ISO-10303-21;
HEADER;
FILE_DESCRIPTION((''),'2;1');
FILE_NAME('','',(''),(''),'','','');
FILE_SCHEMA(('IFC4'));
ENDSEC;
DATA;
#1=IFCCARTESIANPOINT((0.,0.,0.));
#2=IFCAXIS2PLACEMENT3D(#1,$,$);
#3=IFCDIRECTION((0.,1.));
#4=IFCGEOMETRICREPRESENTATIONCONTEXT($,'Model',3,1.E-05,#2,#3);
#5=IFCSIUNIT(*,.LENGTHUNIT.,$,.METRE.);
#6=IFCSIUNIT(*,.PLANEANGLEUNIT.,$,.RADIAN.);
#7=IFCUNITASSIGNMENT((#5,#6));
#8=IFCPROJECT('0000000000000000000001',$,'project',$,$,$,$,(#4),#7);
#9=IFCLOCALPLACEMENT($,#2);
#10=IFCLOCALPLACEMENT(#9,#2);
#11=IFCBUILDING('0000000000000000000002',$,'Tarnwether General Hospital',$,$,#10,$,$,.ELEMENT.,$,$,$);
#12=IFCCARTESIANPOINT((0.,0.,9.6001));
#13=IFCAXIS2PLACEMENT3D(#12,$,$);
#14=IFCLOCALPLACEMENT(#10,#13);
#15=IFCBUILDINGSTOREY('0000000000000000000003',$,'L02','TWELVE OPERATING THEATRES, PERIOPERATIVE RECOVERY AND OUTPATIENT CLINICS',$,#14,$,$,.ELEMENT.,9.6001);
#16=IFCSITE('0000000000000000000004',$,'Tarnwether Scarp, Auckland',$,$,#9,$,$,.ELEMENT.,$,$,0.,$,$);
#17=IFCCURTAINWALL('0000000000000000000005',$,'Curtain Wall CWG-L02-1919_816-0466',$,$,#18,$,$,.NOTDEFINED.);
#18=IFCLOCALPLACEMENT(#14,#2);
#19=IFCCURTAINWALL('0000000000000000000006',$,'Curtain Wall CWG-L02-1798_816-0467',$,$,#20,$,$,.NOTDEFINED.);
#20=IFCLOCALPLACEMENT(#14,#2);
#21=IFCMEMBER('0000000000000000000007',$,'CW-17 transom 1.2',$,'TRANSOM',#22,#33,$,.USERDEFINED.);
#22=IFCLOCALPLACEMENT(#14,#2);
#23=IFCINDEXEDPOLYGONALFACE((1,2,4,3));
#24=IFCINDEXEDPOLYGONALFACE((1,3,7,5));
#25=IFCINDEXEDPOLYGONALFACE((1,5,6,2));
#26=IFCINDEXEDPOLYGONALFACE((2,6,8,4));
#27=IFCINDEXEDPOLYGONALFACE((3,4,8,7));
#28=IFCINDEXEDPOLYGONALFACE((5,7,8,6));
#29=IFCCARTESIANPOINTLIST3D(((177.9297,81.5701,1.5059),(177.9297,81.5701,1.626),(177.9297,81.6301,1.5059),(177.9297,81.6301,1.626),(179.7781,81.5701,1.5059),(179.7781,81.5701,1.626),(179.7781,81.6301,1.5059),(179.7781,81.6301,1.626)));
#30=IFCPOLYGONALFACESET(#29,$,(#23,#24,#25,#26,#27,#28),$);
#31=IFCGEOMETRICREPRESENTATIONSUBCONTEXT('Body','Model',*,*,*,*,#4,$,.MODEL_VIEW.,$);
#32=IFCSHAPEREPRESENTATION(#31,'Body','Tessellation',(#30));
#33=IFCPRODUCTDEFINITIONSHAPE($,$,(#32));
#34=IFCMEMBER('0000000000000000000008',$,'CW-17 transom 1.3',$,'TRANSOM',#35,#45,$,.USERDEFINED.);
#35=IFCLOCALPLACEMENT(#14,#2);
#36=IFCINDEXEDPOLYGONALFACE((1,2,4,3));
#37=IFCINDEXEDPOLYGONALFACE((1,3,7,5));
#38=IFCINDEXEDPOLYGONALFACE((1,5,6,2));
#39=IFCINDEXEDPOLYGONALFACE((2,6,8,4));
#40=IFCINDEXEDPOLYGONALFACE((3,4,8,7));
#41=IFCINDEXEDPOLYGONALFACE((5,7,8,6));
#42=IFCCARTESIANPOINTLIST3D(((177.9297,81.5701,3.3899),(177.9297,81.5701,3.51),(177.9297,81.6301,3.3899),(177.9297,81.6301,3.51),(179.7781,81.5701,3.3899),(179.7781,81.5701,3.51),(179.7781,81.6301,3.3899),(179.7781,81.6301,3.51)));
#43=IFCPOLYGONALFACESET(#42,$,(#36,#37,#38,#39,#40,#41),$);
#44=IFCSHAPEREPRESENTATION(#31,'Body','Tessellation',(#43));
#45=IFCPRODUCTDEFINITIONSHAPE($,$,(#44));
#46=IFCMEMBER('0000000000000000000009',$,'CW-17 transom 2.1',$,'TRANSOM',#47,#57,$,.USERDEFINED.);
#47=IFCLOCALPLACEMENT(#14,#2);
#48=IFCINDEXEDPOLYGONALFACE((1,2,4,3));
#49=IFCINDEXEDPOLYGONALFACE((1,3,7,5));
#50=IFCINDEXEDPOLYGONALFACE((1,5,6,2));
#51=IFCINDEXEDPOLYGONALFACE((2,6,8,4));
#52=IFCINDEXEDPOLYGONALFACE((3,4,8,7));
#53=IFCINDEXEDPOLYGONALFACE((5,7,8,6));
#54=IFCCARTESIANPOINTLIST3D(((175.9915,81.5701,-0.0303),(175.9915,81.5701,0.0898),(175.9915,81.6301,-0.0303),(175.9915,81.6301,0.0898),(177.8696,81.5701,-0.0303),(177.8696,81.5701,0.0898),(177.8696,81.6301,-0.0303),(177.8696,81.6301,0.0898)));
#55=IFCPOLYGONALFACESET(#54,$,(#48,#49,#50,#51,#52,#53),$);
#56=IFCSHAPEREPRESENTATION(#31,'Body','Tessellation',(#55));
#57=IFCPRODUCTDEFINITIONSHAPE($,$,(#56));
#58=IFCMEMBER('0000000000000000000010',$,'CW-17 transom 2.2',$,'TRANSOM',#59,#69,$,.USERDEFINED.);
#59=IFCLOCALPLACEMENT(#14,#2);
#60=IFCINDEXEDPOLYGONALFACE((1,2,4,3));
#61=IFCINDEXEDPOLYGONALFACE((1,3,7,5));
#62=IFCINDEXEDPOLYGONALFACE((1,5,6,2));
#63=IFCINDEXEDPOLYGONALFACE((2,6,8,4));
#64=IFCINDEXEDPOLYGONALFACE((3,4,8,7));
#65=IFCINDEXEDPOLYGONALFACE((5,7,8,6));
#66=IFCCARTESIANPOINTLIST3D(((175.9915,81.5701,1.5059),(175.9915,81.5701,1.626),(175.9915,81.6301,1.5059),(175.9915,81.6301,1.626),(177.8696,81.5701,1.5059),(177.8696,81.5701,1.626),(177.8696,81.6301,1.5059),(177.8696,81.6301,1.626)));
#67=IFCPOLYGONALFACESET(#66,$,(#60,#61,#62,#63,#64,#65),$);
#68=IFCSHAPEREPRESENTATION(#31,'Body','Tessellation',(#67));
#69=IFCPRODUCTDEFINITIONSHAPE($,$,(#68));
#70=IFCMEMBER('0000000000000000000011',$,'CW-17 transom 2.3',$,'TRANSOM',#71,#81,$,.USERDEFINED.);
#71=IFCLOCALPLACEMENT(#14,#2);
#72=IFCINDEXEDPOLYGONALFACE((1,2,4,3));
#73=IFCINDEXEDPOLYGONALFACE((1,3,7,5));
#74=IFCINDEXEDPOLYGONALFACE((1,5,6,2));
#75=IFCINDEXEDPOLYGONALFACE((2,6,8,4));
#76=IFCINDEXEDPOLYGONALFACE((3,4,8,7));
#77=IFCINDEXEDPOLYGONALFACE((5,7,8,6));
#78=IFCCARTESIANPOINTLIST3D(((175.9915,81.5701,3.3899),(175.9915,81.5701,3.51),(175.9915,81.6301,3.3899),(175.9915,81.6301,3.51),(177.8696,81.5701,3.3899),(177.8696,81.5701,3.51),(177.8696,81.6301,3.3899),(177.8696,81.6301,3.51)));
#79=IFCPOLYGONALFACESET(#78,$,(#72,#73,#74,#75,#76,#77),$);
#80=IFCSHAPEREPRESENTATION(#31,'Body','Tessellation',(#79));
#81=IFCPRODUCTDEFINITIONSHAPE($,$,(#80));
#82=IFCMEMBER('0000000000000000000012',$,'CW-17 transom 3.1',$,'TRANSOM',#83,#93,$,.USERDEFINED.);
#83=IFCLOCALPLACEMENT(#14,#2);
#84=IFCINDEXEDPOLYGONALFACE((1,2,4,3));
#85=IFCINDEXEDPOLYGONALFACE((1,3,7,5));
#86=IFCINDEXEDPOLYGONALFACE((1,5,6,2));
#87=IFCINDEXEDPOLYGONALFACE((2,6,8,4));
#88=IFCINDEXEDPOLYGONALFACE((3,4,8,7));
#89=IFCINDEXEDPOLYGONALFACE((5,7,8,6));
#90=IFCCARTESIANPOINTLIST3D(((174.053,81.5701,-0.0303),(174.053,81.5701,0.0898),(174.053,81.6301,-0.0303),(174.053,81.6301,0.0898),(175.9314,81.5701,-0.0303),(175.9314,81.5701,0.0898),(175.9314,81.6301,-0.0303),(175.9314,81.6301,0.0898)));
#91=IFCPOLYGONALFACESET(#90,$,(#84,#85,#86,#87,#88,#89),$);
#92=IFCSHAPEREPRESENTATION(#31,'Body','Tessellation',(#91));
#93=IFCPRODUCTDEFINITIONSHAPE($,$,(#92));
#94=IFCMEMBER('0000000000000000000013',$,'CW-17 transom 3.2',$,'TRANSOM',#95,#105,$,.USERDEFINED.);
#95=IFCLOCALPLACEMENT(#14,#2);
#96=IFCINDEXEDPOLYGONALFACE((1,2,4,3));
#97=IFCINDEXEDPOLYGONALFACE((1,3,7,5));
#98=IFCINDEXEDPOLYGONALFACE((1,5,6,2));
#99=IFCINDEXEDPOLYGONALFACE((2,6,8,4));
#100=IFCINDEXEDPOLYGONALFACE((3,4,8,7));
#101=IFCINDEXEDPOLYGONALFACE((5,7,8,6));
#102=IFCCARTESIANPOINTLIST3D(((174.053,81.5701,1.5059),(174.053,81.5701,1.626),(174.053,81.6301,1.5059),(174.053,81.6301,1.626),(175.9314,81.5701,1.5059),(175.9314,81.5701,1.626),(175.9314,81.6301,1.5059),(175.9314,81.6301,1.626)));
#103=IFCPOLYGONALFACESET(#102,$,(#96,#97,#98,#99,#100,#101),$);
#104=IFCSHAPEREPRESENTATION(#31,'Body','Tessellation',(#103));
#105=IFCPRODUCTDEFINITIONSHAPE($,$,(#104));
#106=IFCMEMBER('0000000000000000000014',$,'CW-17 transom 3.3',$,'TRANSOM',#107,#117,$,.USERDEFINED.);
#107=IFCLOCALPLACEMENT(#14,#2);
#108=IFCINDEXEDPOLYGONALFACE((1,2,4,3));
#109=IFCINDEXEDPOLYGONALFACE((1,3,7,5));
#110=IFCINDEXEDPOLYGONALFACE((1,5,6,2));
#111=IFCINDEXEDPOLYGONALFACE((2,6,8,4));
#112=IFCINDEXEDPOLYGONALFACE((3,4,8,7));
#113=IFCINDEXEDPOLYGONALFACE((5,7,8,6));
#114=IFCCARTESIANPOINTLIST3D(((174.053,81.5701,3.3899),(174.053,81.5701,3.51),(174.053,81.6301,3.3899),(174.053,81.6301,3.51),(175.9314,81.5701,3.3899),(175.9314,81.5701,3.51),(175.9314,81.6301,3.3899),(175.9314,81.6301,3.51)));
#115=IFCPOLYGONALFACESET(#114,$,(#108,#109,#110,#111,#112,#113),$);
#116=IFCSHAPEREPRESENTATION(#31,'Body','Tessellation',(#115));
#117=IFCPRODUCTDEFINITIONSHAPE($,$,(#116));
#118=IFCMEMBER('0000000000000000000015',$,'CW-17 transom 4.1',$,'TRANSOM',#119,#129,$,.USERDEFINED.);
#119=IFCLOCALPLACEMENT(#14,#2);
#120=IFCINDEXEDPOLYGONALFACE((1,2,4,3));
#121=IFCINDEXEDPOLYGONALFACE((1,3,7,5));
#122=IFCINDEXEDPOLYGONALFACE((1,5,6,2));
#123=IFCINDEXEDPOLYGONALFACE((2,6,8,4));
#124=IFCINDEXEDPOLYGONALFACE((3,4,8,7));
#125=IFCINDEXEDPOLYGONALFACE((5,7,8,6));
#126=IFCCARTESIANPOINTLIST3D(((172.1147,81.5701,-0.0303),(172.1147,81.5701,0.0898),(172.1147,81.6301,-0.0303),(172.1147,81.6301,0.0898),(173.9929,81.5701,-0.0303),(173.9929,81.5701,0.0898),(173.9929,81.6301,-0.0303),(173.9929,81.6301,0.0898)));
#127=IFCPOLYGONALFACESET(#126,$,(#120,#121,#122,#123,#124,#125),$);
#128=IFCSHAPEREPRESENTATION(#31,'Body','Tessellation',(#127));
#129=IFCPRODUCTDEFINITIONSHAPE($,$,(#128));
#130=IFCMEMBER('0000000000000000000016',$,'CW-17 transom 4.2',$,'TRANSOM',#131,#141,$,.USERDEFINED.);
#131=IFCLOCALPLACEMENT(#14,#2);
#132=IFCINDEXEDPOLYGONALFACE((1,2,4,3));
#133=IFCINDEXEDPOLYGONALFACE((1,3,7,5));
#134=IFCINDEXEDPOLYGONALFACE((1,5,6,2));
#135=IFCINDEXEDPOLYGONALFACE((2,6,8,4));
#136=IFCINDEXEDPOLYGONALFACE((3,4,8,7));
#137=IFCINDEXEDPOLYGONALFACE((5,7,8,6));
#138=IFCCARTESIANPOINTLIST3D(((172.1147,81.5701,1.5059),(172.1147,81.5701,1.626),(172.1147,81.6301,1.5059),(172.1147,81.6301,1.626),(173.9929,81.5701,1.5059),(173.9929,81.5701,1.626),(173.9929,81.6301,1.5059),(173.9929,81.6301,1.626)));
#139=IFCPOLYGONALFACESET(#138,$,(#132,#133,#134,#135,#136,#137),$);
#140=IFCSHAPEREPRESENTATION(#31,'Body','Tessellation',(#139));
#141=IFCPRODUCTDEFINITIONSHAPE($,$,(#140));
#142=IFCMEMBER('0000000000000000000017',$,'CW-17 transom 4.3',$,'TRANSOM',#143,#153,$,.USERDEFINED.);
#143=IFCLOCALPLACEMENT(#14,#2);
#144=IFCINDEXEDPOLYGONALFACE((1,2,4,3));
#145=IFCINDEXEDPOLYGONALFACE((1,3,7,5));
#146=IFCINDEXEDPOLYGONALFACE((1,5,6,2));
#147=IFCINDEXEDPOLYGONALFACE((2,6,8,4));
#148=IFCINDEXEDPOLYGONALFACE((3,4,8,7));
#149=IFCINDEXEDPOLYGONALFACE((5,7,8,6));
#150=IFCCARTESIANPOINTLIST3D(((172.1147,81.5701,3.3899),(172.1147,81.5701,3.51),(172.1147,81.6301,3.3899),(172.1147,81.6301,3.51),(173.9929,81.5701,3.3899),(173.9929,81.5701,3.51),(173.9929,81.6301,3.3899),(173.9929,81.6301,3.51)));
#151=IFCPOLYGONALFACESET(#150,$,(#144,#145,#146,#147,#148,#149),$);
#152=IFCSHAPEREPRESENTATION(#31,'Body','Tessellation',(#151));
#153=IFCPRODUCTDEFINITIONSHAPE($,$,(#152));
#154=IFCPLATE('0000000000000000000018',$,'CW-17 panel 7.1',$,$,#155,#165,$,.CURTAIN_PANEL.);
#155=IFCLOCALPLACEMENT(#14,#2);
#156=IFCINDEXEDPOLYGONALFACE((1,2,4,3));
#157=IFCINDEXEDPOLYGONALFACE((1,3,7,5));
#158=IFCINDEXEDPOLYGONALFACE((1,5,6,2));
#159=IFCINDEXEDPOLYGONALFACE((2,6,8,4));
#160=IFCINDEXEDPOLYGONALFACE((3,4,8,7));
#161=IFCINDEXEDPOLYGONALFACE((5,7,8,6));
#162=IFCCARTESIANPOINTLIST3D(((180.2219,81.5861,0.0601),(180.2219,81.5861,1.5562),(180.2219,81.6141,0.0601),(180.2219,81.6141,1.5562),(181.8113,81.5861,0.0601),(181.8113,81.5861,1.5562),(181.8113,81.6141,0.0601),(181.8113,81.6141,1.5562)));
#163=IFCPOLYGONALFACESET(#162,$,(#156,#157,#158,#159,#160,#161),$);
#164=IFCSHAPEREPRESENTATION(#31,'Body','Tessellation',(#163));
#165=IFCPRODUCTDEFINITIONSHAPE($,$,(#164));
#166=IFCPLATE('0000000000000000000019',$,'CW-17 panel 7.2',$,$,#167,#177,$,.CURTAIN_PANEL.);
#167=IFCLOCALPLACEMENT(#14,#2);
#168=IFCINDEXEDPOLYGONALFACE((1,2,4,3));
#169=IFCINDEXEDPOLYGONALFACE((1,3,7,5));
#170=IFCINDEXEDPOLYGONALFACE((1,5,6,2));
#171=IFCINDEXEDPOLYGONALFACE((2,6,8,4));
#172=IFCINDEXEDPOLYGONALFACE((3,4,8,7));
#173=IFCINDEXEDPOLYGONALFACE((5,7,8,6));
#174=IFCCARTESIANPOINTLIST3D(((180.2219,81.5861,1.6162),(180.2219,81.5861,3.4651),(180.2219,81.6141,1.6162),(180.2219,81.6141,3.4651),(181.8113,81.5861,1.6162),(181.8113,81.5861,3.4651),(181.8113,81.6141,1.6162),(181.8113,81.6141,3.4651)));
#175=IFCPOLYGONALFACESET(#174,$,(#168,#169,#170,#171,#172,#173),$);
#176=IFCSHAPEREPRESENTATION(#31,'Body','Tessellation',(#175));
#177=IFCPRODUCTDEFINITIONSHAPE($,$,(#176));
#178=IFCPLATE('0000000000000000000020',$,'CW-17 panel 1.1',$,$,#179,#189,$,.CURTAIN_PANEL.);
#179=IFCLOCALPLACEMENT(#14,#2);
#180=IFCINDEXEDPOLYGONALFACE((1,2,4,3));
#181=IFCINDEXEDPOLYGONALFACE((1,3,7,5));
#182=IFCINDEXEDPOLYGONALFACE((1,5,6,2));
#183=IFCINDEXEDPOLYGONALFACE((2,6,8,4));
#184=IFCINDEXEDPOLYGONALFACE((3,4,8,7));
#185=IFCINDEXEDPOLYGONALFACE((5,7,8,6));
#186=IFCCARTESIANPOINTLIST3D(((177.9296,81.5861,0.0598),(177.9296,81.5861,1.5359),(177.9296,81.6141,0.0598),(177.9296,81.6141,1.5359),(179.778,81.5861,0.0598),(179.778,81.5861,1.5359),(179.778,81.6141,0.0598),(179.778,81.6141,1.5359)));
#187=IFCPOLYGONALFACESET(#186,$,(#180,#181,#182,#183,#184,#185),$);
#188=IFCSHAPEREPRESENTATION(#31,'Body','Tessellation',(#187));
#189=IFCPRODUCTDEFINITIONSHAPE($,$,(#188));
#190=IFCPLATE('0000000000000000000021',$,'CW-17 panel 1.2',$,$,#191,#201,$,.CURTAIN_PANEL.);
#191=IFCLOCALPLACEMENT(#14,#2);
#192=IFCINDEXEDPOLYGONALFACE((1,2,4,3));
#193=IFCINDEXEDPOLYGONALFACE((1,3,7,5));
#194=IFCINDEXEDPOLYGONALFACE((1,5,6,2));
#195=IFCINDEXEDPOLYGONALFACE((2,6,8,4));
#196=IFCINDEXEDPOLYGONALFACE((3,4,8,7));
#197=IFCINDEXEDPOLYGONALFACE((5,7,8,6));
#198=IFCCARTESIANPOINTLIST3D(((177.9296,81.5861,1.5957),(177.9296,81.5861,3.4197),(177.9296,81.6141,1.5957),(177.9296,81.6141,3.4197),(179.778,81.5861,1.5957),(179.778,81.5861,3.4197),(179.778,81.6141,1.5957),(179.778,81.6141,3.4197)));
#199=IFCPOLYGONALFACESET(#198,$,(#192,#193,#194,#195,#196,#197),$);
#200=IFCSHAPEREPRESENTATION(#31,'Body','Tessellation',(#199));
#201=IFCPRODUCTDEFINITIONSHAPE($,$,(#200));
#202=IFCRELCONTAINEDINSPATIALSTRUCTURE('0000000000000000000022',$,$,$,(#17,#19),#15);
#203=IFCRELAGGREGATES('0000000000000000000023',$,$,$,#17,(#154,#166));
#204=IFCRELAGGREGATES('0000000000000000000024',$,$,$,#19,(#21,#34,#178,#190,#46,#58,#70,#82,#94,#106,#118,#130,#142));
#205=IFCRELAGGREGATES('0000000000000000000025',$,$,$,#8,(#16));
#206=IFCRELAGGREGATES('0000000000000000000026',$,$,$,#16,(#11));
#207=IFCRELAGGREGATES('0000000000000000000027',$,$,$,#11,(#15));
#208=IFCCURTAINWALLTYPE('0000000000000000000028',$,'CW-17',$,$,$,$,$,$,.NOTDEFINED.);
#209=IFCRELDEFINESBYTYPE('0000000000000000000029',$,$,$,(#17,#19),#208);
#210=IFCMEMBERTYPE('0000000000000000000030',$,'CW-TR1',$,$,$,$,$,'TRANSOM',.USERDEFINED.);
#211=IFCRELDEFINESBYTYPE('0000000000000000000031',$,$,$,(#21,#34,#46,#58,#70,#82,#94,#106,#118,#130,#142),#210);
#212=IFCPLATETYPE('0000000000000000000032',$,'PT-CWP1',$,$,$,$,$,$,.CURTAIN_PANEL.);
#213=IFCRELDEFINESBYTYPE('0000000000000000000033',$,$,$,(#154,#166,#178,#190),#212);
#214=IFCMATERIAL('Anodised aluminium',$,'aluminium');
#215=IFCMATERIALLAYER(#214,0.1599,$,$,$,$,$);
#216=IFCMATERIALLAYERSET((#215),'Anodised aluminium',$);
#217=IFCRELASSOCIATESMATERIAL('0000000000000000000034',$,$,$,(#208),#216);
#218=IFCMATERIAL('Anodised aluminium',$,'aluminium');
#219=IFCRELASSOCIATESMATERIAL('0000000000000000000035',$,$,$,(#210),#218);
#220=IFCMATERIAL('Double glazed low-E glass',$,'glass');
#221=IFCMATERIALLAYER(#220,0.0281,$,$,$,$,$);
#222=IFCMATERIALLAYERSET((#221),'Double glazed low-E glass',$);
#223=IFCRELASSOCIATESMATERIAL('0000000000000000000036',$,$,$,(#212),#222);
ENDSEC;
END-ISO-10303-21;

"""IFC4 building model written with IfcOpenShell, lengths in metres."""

from ifc_helpers import new_model, si_unit, direction, frame, origin, origin_2d, place, context, subcontext, project, spatial, rectangle, extrude, material, layer, layer_set, material_profile, profile_set, type_object, element, aggregate, save


model = new_model("IFC4")

# Units and contexts
model_context = context("Model", 3, precision=1e-05, world=origin(), true_north=direction((0.0, 1.0)))
body_context = subcontext(model_context, "Body", "Model", "MODEL_VIEW")
ifc_project = project(units=[si_unit("LENGTHUNIT", "METRE"), si_unit("PLANEANGLEUNIT", "RADIAN")], contexts=[model_context])

# Site, building, storey
site_placement = place(None, origin())
site = spatial("IfcSite", under=ifc_project, at=site_placement, Name="Tarnwether Scarp, Auckland", CompositionType="ELEMENT", RefElevation=0.0)
building_placement = place(site_placement, origin())
building = spatial("IfcBuilding", under=site, at=building_placement, Name="Tarnwether General Hospital", CompositionType="ELEMENT")
storey_placement = place(building_placement, frame((0.0, 0.0, 9.6001)))
storey = spatial("IfcBuildingStorey", under=building, at=storey_placement, Name="L02", Description="TWELVE OPERATING THEATRES, PERIOPERATIVE RECOVERY AND OUTPATIENT CLINICS", CompositionType="ELEMENT", Elevation=9.6001)

# Curtain wall
ifc_material_1 = material(Name="Anodised aluminium", Category="aluminium")
ifc_layer_1 = layer(ifc_material_1, 0.1599)
ifc_layer_set_1 = layer_set([ifc_layer_1], Name="Anodised aluminium")
curtain_wall_type = type_object("IfcCurtainWallType", Name="CW-17", PredefinedType="NOTDEFINED", material=ifc_layer_set_1)
curtain_wall_1_placement = place(storey_placement, origin())
curtain_wall_1 = element("IfcCurtainWall", 1, at=curtain_wall_1_placement, inside=storey, type_object=curtain_wall_type, Name="Curtain Wall CWG-L02-1919_816-0466", PredefinedType="NOTDEFINED")

# Curtain wall
curtain_wall_2_placement = place(storey_placement, origin())
curtain_wall_2 = element("IfcCurtainWall", 2, at=curtain_wall_2_placement, inside=storey, type_object=curtain_wall_type, Name="Curtain Wall CWG-L02-1798_816-0467", PredefinedType="NOTDEFINED")

# Members
ifc_material_2 = material(Name="Anodised aluminium", Category="aluminium")
ifc_material_profile_1 = material_profile(ifc_material_2, rectangle(XDim=0.0601, YDim=0.1201, at=origin_2d()), Name="ALU-TRN-60x120")
ifc_profile_set_1 = profile_set([ifc_material_profile_1], Name="Anodised aluminium")
member_type_1 = type_object("IfcMemberType", Name="CW-TR1", ElementType="TRANSOM", PredefinedType="USERDEFINED", material=ifc_profile_set_1)
member_1_placement = place(storey_placement, frame((179.7781, 81.6001, 1.5659), z_axis=(-1.0, 0.0, 0.0), x_axis=(0.0, -1.0, 0.0)))
member_1 = element("IfcMember", 3, at=member_1_placement, type_object=member_type_1, Name="CW-17 transom 1.2", ObjectType="TRANSOM", PredefinedType="USERDEFINED", context=body_context, shape_type="SweptSolid", body=[
    extrude(rectangle(XDim=0.0601, YDim=0.1201, at=origin_2d()), origin(), (0.0, 0.0, 1.0), 1.8484),
])
member_2_placement = place(storey_placement, frame((179.7781, 81.6001, 3.45), z_axis=(-1.0, 0.0, 0.0), x_axis=(0.0, -1.0, 0.0)))
member_2 = element("IfcMember", 4, at=member_2_placement, type_object=member_type_1, Name="CW-17 transom 1.3", ObjectType="TRANSOM", PredefinedType="USERDEFINED", context=body_context, shape_type="SweptSolid", body=[
    extrude(rectangle(XDim=0.0601, YDim=0.1201, at=origin_2d()), origin(), (0.0, 0.0, 1.0), 1.8484),
])
member_3_placement = place(storey_placement, frame((177.8696, 81.6001, 0.0298), z_axis=(-1.0, 0.0, 0.0), x_axis=(0.0, -1.0, 0.0)))
member_3 = element("IfcMember", 5, at=member_3_placement, type_object=member_type_1, Name="CW-17 transom 2.1", ObjectType="TRANSOM", PredefinedType="USERDEFINED", context=body_context, shape_type="SweptSolid", body=[
    extrude(rectangle(XDim=0.0601, YDim=0.1201, at=origin_2d()), origin(), (0.0, 0.0, 1.0), 1.8782),
])
member_4_placement = place(storey_placement, frame((177.8696, 81.6001, 1.5659), z_axis=(-1.0, 0.0, 0.0), x_axis=(0.0, -1.0, 0.0)))
member_4 = element("IfcMember", 6, at=member_4_placement, type_object=member_type_1, Name="CW-17 transom 2.2", ObjectType="TRANSOM", PredefinedType="USERDEFINED", context=body_context, shape_type="SweptSolid", body=[
    extrude(rectangle(XDim=0.0601, YDim=0.1201, at=origin_2d()), origin(), (0.0, 0.0, 1.0), 1.8782),
])
member_5_placement = place(storey_placement, frame((177.8696, 81.6001, 3.45), z_axis=(-1.0, 0.0, 0.0), x_axis=(0.0, -1.0, 0.0)))
member_5 = element("IfcMember", 7, at=member_5_placement, type_object=member_type_1, Name="CW-17 transom 2.3", ObjectType="TRANSOM", PredefinedType="USERDEFINED", context=body_context, shape_type="SweptSolid", body=[
    extrude(rectangle(XDim=0.0601, YDim=0.1201, at=origin_2d()), origin(), (0.0, 0.0, 1.0), 1.8782),
])
member_6_placement = place(storey_placement, frame((175.9314, 81.6001, 0.0298), z_axis=(-1.0, 0.0, 0.0), x_axis=(0.0, -1.0, 0.0)))
member_6 = element("IfcMember", 8, at=member_6_placement, type_object=member_type_1, Name="CW-17 transom 3.1", ObjectType="TRANSOM", PredefinedType="USERDEFINED", context=body_context, shape_type="SweptSolid", body=[
    extrude(rectangle(XDim=0.0601, YDim=0.1201, at=origin_2d()), origin(), (0.0, 0.0, 1.0), 1.8784),
])
member_7_placement = place(storey_placement, frame((175.9314, 81.6001, 1.5659), z_axis=(-1.0, 0.0, 0.0), x_axis=(0.0, -1.0, 0.0)))
member_7 = element("IfcMember", 9, at=member_7_placement, type_object=member_type_1, Name="CW-17 transom 3.2", ObjectType="TRANSOM", PredefinedType="USERDEFINED", context=body_context, shape_type="SweptSolid", body=[
    extrude(rectangle(XDim=0.0601, YDim=0.1201, at=origin_2d()), origin(), (0.0, 0.0, 1.0), 1.8784),
])
member_8_placement = place(storey_placement, frame((175.9314, 81.6001, 3.45), z_axis=(-1.0, 0.0, 0.0), x_axis=(0.0, -1.0, 0.0)))
member_8 = element("IfcMember", 10, at=member_8_placement, type_object=member_type_1, Name="CW-17 transom 3.3", ObjectType="TRANSOM", PredefinedType="USERDEFINED", context=body_context, shape_type="SweptSolid", body=[
    extrude(rectangle(XDim=0.0601, YDim=0.1201, at=origin_2d()), origin(), (0.0, 0.0, 1.0), 1.8784),
])
member_9_placement = place(storey_placement, frame((173.9929, 81.6001, 0.0298), z_axis=(-1.0, 0.0, 0.0), x_axis=(0.0, -1.0, 0.0)))
member_9 = element("IfcMember", 11, at=member_9_placement, type_object=member_type_1, Name="CW-17 transom 4.1", ObjectType="TRANSOM", PredefinedType="USERDEFINED", context=body_context, shape_type="SweptSolid", body=[
    extrude(rectangle(XDim=0.0601, YDim=0.1201, at=origin_2d()), origin(), (0.0, 0.0, 1.0), 1.8782),
])
member_10_placement = place(storey_placement, frame((173.9929, 81.6001, 1.5659), z_axis=(-1.0, 0.0, 0.0), x_axis=(0.0, -1.0, 0.0)))
member_10 = element("IfcMember", 12, at=member_10_placement, type_object=member_type_1, Name="CW-17 transom 4.2", ObjectType="TRANSOM", PredefinedType="USERDEFINED", context=body_context, shape_type="SweptSolid", body=[
    extrude(rectangle(XDim=0.0601, YDim=0.1201, at=origin_2d()), origin(), (0.0, 0.0, 1.0), 1.8782),
])
member_11_placement = place(storey_placement, frame((173.9929, 81.6001, 3.45), z_axis=(-1.0, 0.0, 0.0), x_axis=(0.0, -1.0, 0.0)))
member_11 = element("IfcMember", 13, at=member_11_placement, type_object=member_type_1, Name="CW-17 transom 4.3", ObjectType="TRANSOM", PredefinedType="USERDEFINED", context=body_context, shape_type="SweptSolid", body=[
    extrude(rectangle(XDim=0.0601, YDim=0.1201, at=origin_2d()), origin(), (0.0, 0.0, 1.0), 1.8782),
])

# Plates
ifc_material_3 = material(Name="Double glazed low-E glass", Category="glass")
ifc_layer_2 = layer(ifc_material_3, 0.0281)
ifc_layer_set_2 = layer_set([ifc_layer_2], Name="Double glazed low-E glass")
plate_type = type_object("IfcPlateType", Name="PT-CWP1", PredefinedType="CURTAIN_PANEL", material=ifc_layer_set_2)
plate_1_placement = place(storey_placement, frame((181.0166, 81.6001, 0.0601), z_axis=(0.0, 0.0, 1.0), x_axis=(-1.0, 0.0, 0.0)))
plate_1 = element("IfcPlate", 14, at=plate_1_placement, type_object=plate_type, Name="CW-17 panel 7.1", PredefinedType="CURTAIN_PANEL", context=body_context, shape_type="SweptSolid", body=[
    extrude(rectangle(XDim=1.5894, YDim=0.0281, at=origin_2d()), origin(), (0.0, 0.0, 1.0), 1.4961),
])
plate_2_placement = place(storey_placement, frame((181.0166, 81.6001, 1.6162), z_axis=(0.0, 0.0, 1.0), x_axis=(-1.0, 0.0, 0.0)))
plate_2 = element("IfcPlate", 15, at=plate_2_placement, type_object=plate_type, Name="CW-17 panel 7.2", PredefinedType="CURTAIN_PANEL", context=body_context, shape_type="SweptSolid", body=[
    extrude(rectangle(XDim=1.5894, YDim=0.0281, at=origin_2d()), origin(), (0.0, 0.0, 1.0), 1.8489),
])
aggregate(curtain_wall_1, [plate_1, plate_2])
plate_3_placement = place(storey_placement, frame((178.8538, 81.6001, 0.0598), z_axis=(0.0, 0.0, 1.0), x_axis=(-1.0, 0.0, 0.0)))
plate_3 = element("IfcPlate", 16, at=plate_3_placement, type_object=plate_type, Name="CW-17 panel 1.1", PredefinedType="CURTAIN_PANEL", context=body_context, shape_type="SweptSolid", body=[
    extrude(rectangle(XDim=1.8484, YDim=0.0281, at=origin_2d()), origin(), (0.0, 0.0, 1.0), 1.4761),
])
plate_4_placement = place(storey_placement, frame((178.8538, 81.6001, 1.5957), z_axis=(0.0, 0.0, 1.0), x_axis=(-1.0, 0.0, 0.0)))
plate_4 = element("IfcPlate", 17, at=plate_4_placement, type_object=plate_type, Name="CW-17 panel 1.2", PredefinedType="CURTAIN_PANEL", context=body_context, shape_type="SweptSolid", body=[
    extrude(rectangle(XDim=1.8484, YDim=0.0281, at=origin_2d()), origin(), (0.0, 0.0, 1.0), 1.824),
])
aggregate(curtain_wall_2, [member_1, member_2, plate_3, plate_4, member_3, member_4, member_5, member_6, member_7, member_8, member_9, member_10, member_11])

save(model, "model.ifc")
